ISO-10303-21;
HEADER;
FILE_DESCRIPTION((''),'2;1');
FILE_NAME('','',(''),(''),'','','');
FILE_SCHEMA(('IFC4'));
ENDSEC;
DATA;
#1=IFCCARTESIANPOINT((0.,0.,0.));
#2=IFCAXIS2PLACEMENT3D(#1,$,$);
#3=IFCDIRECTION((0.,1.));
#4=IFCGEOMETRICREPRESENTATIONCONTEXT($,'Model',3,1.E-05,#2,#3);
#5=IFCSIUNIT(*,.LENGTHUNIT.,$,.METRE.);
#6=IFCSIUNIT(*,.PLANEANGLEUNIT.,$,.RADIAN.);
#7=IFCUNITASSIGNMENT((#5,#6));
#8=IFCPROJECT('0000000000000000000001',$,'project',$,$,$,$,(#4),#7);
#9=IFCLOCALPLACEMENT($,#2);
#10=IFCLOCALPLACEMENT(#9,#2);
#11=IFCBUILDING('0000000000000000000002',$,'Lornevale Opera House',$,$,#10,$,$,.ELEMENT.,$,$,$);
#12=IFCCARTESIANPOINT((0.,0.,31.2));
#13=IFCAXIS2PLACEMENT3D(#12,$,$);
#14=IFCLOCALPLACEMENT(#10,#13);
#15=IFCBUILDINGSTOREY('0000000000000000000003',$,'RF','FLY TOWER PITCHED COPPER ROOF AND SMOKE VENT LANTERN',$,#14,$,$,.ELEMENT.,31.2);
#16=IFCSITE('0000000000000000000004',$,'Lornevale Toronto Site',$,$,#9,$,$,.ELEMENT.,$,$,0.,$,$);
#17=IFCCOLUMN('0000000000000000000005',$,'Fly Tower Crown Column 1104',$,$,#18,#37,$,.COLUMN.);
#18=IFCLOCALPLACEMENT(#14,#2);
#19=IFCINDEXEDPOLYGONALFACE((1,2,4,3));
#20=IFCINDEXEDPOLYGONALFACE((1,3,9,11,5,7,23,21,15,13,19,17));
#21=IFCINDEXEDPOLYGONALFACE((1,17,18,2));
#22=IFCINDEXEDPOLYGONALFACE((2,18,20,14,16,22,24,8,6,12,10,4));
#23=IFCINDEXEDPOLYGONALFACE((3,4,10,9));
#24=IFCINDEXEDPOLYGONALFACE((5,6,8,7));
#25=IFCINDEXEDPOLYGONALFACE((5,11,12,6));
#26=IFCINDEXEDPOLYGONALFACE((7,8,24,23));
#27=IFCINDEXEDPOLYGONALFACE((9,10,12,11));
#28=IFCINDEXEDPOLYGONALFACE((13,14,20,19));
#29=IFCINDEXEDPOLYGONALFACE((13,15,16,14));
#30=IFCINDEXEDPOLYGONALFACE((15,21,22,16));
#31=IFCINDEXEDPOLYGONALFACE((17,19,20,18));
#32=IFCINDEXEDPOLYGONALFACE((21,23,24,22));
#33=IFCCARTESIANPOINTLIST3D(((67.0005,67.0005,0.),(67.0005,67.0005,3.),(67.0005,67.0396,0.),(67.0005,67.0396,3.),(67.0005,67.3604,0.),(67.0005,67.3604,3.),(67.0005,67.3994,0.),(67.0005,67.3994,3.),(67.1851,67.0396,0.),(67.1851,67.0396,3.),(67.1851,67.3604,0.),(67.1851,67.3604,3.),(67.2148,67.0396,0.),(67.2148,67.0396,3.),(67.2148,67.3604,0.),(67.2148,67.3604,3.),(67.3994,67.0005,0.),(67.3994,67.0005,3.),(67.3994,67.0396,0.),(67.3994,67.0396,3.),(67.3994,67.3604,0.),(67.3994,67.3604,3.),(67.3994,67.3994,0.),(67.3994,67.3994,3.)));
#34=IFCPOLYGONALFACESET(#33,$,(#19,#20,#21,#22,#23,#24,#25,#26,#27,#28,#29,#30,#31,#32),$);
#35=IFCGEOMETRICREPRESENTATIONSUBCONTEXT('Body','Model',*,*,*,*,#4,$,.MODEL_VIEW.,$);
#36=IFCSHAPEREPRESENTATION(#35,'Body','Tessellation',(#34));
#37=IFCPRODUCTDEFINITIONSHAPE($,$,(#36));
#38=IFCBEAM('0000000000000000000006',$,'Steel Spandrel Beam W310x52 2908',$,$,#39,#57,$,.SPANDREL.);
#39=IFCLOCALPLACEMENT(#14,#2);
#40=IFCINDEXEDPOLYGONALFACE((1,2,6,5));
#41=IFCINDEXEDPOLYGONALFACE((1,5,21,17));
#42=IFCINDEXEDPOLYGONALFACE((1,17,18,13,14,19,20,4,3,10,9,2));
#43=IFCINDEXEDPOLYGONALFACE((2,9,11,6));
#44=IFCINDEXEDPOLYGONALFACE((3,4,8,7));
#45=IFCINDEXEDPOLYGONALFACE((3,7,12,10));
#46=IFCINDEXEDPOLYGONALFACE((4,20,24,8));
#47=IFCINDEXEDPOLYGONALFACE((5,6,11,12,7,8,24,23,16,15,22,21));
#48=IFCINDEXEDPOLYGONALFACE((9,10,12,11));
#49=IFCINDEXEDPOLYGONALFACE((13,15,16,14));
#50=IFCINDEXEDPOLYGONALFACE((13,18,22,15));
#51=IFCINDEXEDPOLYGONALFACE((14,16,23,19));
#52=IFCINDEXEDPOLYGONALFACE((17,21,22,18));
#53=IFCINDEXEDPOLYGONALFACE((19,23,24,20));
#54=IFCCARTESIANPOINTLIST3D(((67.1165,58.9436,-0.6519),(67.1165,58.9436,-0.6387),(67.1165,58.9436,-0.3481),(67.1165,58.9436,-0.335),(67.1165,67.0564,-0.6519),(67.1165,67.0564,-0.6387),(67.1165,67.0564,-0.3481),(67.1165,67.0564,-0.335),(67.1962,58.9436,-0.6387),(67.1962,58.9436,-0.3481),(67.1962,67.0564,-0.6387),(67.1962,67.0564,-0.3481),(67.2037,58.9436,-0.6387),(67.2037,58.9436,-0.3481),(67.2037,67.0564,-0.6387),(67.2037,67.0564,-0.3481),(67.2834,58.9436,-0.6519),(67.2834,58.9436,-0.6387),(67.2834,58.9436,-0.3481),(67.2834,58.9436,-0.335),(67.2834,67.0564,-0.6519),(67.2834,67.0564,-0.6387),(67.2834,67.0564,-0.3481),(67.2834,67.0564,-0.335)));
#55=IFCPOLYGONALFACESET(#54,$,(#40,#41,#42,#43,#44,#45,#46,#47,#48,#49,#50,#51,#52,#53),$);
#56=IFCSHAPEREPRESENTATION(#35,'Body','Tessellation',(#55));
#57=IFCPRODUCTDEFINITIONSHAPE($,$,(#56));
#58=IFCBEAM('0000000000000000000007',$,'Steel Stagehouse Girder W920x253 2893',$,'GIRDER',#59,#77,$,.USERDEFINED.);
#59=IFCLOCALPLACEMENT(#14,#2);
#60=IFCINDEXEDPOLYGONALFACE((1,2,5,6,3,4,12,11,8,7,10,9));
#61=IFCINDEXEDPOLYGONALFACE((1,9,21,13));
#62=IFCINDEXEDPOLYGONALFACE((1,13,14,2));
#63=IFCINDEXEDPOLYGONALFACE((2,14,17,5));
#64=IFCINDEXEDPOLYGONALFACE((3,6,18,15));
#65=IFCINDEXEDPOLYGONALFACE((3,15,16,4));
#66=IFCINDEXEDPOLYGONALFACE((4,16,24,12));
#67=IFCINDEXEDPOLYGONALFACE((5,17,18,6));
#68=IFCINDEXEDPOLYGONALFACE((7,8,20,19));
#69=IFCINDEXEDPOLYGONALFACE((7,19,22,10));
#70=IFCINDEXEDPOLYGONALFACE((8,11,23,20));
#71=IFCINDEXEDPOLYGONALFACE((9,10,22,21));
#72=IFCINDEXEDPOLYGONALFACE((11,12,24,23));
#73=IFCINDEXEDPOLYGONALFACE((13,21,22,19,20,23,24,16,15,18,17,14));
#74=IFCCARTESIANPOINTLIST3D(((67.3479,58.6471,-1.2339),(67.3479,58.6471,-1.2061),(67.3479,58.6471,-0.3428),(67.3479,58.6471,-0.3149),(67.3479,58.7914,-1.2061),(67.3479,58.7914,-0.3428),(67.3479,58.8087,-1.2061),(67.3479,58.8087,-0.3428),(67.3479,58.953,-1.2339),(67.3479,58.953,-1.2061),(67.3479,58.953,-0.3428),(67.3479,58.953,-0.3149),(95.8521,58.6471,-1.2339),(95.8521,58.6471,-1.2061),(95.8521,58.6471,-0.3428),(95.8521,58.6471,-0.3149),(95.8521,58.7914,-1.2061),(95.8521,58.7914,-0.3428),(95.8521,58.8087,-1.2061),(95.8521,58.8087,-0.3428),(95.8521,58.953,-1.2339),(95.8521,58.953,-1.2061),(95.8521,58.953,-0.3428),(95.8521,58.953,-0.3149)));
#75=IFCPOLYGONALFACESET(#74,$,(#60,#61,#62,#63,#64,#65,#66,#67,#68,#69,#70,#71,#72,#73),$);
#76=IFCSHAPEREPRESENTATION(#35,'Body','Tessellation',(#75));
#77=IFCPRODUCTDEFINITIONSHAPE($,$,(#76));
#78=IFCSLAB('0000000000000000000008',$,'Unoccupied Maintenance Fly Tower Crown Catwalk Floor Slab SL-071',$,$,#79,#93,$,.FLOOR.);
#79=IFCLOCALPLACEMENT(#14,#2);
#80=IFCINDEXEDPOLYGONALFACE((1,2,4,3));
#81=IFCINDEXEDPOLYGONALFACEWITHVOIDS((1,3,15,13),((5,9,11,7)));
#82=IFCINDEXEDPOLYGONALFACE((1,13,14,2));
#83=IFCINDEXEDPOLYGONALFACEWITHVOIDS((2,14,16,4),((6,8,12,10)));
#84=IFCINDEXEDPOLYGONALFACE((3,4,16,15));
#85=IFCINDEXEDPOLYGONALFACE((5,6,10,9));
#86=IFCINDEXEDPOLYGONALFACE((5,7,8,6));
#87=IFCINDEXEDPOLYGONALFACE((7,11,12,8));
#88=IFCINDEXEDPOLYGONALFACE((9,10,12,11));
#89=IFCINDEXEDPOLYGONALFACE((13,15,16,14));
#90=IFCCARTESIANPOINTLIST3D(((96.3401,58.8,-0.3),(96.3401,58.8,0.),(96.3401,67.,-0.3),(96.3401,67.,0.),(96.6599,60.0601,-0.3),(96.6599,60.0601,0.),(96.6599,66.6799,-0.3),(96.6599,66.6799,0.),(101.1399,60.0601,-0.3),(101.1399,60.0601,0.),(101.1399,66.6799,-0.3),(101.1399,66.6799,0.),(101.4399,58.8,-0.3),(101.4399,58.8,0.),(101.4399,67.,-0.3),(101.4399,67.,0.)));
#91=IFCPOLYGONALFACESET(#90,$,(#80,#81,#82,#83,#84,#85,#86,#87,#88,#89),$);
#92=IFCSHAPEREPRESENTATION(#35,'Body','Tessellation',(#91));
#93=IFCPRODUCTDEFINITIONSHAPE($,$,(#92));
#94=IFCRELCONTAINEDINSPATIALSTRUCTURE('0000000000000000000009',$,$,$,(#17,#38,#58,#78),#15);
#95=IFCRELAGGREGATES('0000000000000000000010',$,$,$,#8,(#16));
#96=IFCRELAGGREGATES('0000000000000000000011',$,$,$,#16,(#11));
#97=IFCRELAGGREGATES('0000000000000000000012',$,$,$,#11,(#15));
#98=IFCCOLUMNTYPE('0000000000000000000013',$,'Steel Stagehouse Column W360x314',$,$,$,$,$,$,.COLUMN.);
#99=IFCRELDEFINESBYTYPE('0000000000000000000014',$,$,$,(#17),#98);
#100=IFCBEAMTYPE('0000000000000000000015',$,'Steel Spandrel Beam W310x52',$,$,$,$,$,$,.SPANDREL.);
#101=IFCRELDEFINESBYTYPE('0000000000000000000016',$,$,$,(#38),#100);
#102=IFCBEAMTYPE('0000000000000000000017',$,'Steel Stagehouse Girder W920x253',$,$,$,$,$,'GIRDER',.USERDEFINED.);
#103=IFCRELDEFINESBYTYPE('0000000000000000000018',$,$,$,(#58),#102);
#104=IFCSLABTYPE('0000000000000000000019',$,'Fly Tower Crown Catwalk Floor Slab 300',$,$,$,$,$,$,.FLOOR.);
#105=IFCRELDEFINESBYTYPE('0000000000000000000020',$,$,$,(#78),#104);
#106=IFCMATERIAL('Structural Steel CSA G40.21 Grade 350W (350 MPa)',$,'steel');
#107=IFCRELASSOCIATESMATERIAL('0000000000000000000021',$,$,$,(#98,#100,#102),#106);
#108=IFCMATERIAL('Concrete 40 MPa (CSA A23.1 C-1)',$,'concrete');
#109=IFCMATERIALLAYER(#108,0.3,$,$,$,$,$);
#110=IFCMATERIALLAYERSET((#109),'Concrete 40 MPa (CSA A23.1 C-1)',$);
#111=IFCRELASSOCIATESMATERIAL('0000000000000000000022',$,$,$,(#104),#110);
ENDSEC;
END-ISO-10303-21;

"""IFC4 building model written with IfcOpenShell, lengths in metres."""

from ifc_helpers import new_model, si_unit, direction, frame, origin, origin_2d, place, context, subcontext, project, spatial, polyline, i_section, outline, extrude, material, layer, layer_set, material_profile, profile_set, type_object, element, save


model = new_model("IFC4")

# Units and contexts
model_context = context("Model", 3, precision=1e-05, world=origin(), true_north=direction((0.0, 1.0)))
body_context = subcontext(model_context, "Body", "Model", "MODEL_VIEW")
ifc_project = project(units=[si_unit("LENGTHUNIT", "METRE"), si_unit("PLANEANGLEUNIT", "RADIAN")], contexts=[model_context])

# Site, building, storey
site_placement = place(None, origin())
site = spatial("IfcSite", under=ifc_project, at=site_placement, Name="Lornevale Toronto Site", CompositionType="ELEMENT", RefElevation=0.0)
building_placement = place(site_placement, origin())
building = spatial("IfcBuilding", under=site, at=building_placement, Name="Lornevale Opera House", CompositionType="ELEMENT")
storey_placement = place(building_placement, frame((0.0, 0.0, 31.2)))
storey = spatial("IfcBuildingStorey", under=building, at=storey_placement, Name="RF", Description="FLY TOWER PITCHED COPPER ROOF AND SMOKE VENT LANTERN", CompositionType="ELEMENT", Elevation=31.2)

# Column
ifc_material_1 = material(Name="Structural Steel CSA G40.21 Grade 350W (350 MPa)", Category="steel")
ifc_material_profile_1 = material_profile(ifc_material_1, i_section(OverallWidth=0.3989, OverallDepth=0.3989, WebThickness=0.0298, FlangeThickness=0.0391, at=origin_2d()), Name="W360x314")
ifc_profile_set_1 = profile_set([ifc_material_profile_1], Name="Structural Steel CSA G40.21 Grade 350W (350 MPa)")
column_type = type_object("IfcColumnType", Name="Steel Stagehouse Column W360x314", PredefinedType="COLUMN", material=ifc_profile_set_1)
column_placement = place(storey_placement, frame((67.2, 67.2, 0.0), z_axis=(0.0, 0.0, 1.0), x_axis=(1.0, 0.0, 0.0)))
element("IfcColumn", 1, at=column_placement, inside=storey, type_object=column_type, Name="Fly Tower Crown Column 1104", PredefinedType="COLUMN", context=body_context, shape_type="SweptSolid", body=[
    extrude(i_section(OverallWidth=0.3989, OverallDepth=0.3989, WebThickness=0.0298, FlangeThickness=0.0391, at=origin_2d()), origin(), (0.0, 0.0, 1.0), 3.0),
])

# Beams
ifc_material_profile_2 = material_profile(ifc_material_1, i_section(OverallWidth=0.167, OverallDepth=0.3169, WebThickness=0.0076, FlangeThickness=0.0132, at=origin_2d()), Name="W310x52")
ifc_profile_set_2 = profile_set([ifc_material_profile_2], Name="Structural Steel CSA G40.21 Grade 350W (350 MPa)")
beam_type_1 = type_object("IfcBeamType", Name="Steel Spandrel Beam W310x52", PredefinedType="SPANDREL", material=ifc_profile_set_2)
beam_1_placement = place(storey_placement, frame((67.2, 58.9436, -0.4934), z_axis=(0.0, 1.0, 0.0), x_axis=(-1.0, 0.0, 0.0)))
element("IfcBeam", 2, at=beam_1_placement, inside=storey, type_object=beam_type_1, Name="Steel Spandrel Beam W310x52 2908", PredefinedType="SPANDREL", context=body_context, shape_type="SweptSolid", body=[
    extrude(i_section(OverallWidth=0.167, OverallDepth=0.3169, WebThickness=0.0076, FlangeThickness=0.0132, at=origin_2d()), origin(), (0.0, 0.0, 1.0), 8.1128),
])
ifc_material_profile_3 = material_profile(ifc_material_1, i_section(OverallWidth=0.3059, OverallDepth=0.9189, WebThickness=0.0173, FlangeThickness=0.0278, at=origin_2d()), Name="W920x253")
ifc_profile_set_3 = profile_set([ifc_material_profile_3], Name="Structural Steel CSA G40.21 Grade 350W (350 MPa)")
beam_type_2 = type_object("IfcBeamType", Name="Steel Stagehouse Girder W920x253", ElementType="GIRDER", PredefinedType="USERDEFINED", material=ifc_profile_set_3)
beam_2_placement = place(storey_placement, frame((67.3479, 58.8, -0.7744), z_axis=(1.0, 0.0, 0.0), x_axis=(0.0, 1.0, 0.0)))
element("IfcBeam", 3, at=beam_2_placement, inside=storey, type_object=beam_type_2, Name="Steel Stagehouse Girder W920x253 2893", ObjectType="GIRDER", PredefinedType="USERDEFINED", context=body_context, shape_type="SweptSolid", body=[
    extrude(i_section(OverallWidth=0.3059, OverallDepth=0.9189, WebThickness=0.0173, FlangeThickness=0.0278, at=origin_2d()), origin(), (0.0, 0.0, 1.0), 28.5042),
])

# Slab
ifc_material_2 = material(Name="Concrete 40 MPa (CSA A23.1 C-1)", Category="concrete")
ifc_layer_1 = layer(ifc_material_2, 0.3)
ifc_layer_set_1 = layer_set([ifc_layer_1], Name="Concrete 40 MPa (CSA A23.1 C-1)")
slab_type_1 = type_object("IfcSlabType", Name="Fly Tower Crown Catwalk Floor Slab 300", PredefinedType="FLOOR", material=ifc_layer_set_1)
slab_1_placement = place(storey_placement, frame((0.0, 0.0, -0.3)))
element("IfcSlab", 4, at=slab_1_placement, inside=storey, type_object=slab_type_1, Name="Unoccupied Maintenance Fly Tower Crown Catwalk Floor Slab SL-071", PredefinedType="FLOOR", context=body_context, shape_type="SweptSolid", body=[
    extrude(outline(polyline([(96.3401, 58.8), (101.4399, 58.8), (101.4399, 67.0), (96.3401, 67.0), (96.3401, 58.8)]), holes=[polyline([(96.6599, 60.0601), (101.1399, 60.0601), (101.1399, 66.6799), (96.6599, 66.6799), (96.6599, 60.0601)])]), origin(), (0.0, 0.0, 1.0), 0.3),
])

save(model, "model.ifc")
